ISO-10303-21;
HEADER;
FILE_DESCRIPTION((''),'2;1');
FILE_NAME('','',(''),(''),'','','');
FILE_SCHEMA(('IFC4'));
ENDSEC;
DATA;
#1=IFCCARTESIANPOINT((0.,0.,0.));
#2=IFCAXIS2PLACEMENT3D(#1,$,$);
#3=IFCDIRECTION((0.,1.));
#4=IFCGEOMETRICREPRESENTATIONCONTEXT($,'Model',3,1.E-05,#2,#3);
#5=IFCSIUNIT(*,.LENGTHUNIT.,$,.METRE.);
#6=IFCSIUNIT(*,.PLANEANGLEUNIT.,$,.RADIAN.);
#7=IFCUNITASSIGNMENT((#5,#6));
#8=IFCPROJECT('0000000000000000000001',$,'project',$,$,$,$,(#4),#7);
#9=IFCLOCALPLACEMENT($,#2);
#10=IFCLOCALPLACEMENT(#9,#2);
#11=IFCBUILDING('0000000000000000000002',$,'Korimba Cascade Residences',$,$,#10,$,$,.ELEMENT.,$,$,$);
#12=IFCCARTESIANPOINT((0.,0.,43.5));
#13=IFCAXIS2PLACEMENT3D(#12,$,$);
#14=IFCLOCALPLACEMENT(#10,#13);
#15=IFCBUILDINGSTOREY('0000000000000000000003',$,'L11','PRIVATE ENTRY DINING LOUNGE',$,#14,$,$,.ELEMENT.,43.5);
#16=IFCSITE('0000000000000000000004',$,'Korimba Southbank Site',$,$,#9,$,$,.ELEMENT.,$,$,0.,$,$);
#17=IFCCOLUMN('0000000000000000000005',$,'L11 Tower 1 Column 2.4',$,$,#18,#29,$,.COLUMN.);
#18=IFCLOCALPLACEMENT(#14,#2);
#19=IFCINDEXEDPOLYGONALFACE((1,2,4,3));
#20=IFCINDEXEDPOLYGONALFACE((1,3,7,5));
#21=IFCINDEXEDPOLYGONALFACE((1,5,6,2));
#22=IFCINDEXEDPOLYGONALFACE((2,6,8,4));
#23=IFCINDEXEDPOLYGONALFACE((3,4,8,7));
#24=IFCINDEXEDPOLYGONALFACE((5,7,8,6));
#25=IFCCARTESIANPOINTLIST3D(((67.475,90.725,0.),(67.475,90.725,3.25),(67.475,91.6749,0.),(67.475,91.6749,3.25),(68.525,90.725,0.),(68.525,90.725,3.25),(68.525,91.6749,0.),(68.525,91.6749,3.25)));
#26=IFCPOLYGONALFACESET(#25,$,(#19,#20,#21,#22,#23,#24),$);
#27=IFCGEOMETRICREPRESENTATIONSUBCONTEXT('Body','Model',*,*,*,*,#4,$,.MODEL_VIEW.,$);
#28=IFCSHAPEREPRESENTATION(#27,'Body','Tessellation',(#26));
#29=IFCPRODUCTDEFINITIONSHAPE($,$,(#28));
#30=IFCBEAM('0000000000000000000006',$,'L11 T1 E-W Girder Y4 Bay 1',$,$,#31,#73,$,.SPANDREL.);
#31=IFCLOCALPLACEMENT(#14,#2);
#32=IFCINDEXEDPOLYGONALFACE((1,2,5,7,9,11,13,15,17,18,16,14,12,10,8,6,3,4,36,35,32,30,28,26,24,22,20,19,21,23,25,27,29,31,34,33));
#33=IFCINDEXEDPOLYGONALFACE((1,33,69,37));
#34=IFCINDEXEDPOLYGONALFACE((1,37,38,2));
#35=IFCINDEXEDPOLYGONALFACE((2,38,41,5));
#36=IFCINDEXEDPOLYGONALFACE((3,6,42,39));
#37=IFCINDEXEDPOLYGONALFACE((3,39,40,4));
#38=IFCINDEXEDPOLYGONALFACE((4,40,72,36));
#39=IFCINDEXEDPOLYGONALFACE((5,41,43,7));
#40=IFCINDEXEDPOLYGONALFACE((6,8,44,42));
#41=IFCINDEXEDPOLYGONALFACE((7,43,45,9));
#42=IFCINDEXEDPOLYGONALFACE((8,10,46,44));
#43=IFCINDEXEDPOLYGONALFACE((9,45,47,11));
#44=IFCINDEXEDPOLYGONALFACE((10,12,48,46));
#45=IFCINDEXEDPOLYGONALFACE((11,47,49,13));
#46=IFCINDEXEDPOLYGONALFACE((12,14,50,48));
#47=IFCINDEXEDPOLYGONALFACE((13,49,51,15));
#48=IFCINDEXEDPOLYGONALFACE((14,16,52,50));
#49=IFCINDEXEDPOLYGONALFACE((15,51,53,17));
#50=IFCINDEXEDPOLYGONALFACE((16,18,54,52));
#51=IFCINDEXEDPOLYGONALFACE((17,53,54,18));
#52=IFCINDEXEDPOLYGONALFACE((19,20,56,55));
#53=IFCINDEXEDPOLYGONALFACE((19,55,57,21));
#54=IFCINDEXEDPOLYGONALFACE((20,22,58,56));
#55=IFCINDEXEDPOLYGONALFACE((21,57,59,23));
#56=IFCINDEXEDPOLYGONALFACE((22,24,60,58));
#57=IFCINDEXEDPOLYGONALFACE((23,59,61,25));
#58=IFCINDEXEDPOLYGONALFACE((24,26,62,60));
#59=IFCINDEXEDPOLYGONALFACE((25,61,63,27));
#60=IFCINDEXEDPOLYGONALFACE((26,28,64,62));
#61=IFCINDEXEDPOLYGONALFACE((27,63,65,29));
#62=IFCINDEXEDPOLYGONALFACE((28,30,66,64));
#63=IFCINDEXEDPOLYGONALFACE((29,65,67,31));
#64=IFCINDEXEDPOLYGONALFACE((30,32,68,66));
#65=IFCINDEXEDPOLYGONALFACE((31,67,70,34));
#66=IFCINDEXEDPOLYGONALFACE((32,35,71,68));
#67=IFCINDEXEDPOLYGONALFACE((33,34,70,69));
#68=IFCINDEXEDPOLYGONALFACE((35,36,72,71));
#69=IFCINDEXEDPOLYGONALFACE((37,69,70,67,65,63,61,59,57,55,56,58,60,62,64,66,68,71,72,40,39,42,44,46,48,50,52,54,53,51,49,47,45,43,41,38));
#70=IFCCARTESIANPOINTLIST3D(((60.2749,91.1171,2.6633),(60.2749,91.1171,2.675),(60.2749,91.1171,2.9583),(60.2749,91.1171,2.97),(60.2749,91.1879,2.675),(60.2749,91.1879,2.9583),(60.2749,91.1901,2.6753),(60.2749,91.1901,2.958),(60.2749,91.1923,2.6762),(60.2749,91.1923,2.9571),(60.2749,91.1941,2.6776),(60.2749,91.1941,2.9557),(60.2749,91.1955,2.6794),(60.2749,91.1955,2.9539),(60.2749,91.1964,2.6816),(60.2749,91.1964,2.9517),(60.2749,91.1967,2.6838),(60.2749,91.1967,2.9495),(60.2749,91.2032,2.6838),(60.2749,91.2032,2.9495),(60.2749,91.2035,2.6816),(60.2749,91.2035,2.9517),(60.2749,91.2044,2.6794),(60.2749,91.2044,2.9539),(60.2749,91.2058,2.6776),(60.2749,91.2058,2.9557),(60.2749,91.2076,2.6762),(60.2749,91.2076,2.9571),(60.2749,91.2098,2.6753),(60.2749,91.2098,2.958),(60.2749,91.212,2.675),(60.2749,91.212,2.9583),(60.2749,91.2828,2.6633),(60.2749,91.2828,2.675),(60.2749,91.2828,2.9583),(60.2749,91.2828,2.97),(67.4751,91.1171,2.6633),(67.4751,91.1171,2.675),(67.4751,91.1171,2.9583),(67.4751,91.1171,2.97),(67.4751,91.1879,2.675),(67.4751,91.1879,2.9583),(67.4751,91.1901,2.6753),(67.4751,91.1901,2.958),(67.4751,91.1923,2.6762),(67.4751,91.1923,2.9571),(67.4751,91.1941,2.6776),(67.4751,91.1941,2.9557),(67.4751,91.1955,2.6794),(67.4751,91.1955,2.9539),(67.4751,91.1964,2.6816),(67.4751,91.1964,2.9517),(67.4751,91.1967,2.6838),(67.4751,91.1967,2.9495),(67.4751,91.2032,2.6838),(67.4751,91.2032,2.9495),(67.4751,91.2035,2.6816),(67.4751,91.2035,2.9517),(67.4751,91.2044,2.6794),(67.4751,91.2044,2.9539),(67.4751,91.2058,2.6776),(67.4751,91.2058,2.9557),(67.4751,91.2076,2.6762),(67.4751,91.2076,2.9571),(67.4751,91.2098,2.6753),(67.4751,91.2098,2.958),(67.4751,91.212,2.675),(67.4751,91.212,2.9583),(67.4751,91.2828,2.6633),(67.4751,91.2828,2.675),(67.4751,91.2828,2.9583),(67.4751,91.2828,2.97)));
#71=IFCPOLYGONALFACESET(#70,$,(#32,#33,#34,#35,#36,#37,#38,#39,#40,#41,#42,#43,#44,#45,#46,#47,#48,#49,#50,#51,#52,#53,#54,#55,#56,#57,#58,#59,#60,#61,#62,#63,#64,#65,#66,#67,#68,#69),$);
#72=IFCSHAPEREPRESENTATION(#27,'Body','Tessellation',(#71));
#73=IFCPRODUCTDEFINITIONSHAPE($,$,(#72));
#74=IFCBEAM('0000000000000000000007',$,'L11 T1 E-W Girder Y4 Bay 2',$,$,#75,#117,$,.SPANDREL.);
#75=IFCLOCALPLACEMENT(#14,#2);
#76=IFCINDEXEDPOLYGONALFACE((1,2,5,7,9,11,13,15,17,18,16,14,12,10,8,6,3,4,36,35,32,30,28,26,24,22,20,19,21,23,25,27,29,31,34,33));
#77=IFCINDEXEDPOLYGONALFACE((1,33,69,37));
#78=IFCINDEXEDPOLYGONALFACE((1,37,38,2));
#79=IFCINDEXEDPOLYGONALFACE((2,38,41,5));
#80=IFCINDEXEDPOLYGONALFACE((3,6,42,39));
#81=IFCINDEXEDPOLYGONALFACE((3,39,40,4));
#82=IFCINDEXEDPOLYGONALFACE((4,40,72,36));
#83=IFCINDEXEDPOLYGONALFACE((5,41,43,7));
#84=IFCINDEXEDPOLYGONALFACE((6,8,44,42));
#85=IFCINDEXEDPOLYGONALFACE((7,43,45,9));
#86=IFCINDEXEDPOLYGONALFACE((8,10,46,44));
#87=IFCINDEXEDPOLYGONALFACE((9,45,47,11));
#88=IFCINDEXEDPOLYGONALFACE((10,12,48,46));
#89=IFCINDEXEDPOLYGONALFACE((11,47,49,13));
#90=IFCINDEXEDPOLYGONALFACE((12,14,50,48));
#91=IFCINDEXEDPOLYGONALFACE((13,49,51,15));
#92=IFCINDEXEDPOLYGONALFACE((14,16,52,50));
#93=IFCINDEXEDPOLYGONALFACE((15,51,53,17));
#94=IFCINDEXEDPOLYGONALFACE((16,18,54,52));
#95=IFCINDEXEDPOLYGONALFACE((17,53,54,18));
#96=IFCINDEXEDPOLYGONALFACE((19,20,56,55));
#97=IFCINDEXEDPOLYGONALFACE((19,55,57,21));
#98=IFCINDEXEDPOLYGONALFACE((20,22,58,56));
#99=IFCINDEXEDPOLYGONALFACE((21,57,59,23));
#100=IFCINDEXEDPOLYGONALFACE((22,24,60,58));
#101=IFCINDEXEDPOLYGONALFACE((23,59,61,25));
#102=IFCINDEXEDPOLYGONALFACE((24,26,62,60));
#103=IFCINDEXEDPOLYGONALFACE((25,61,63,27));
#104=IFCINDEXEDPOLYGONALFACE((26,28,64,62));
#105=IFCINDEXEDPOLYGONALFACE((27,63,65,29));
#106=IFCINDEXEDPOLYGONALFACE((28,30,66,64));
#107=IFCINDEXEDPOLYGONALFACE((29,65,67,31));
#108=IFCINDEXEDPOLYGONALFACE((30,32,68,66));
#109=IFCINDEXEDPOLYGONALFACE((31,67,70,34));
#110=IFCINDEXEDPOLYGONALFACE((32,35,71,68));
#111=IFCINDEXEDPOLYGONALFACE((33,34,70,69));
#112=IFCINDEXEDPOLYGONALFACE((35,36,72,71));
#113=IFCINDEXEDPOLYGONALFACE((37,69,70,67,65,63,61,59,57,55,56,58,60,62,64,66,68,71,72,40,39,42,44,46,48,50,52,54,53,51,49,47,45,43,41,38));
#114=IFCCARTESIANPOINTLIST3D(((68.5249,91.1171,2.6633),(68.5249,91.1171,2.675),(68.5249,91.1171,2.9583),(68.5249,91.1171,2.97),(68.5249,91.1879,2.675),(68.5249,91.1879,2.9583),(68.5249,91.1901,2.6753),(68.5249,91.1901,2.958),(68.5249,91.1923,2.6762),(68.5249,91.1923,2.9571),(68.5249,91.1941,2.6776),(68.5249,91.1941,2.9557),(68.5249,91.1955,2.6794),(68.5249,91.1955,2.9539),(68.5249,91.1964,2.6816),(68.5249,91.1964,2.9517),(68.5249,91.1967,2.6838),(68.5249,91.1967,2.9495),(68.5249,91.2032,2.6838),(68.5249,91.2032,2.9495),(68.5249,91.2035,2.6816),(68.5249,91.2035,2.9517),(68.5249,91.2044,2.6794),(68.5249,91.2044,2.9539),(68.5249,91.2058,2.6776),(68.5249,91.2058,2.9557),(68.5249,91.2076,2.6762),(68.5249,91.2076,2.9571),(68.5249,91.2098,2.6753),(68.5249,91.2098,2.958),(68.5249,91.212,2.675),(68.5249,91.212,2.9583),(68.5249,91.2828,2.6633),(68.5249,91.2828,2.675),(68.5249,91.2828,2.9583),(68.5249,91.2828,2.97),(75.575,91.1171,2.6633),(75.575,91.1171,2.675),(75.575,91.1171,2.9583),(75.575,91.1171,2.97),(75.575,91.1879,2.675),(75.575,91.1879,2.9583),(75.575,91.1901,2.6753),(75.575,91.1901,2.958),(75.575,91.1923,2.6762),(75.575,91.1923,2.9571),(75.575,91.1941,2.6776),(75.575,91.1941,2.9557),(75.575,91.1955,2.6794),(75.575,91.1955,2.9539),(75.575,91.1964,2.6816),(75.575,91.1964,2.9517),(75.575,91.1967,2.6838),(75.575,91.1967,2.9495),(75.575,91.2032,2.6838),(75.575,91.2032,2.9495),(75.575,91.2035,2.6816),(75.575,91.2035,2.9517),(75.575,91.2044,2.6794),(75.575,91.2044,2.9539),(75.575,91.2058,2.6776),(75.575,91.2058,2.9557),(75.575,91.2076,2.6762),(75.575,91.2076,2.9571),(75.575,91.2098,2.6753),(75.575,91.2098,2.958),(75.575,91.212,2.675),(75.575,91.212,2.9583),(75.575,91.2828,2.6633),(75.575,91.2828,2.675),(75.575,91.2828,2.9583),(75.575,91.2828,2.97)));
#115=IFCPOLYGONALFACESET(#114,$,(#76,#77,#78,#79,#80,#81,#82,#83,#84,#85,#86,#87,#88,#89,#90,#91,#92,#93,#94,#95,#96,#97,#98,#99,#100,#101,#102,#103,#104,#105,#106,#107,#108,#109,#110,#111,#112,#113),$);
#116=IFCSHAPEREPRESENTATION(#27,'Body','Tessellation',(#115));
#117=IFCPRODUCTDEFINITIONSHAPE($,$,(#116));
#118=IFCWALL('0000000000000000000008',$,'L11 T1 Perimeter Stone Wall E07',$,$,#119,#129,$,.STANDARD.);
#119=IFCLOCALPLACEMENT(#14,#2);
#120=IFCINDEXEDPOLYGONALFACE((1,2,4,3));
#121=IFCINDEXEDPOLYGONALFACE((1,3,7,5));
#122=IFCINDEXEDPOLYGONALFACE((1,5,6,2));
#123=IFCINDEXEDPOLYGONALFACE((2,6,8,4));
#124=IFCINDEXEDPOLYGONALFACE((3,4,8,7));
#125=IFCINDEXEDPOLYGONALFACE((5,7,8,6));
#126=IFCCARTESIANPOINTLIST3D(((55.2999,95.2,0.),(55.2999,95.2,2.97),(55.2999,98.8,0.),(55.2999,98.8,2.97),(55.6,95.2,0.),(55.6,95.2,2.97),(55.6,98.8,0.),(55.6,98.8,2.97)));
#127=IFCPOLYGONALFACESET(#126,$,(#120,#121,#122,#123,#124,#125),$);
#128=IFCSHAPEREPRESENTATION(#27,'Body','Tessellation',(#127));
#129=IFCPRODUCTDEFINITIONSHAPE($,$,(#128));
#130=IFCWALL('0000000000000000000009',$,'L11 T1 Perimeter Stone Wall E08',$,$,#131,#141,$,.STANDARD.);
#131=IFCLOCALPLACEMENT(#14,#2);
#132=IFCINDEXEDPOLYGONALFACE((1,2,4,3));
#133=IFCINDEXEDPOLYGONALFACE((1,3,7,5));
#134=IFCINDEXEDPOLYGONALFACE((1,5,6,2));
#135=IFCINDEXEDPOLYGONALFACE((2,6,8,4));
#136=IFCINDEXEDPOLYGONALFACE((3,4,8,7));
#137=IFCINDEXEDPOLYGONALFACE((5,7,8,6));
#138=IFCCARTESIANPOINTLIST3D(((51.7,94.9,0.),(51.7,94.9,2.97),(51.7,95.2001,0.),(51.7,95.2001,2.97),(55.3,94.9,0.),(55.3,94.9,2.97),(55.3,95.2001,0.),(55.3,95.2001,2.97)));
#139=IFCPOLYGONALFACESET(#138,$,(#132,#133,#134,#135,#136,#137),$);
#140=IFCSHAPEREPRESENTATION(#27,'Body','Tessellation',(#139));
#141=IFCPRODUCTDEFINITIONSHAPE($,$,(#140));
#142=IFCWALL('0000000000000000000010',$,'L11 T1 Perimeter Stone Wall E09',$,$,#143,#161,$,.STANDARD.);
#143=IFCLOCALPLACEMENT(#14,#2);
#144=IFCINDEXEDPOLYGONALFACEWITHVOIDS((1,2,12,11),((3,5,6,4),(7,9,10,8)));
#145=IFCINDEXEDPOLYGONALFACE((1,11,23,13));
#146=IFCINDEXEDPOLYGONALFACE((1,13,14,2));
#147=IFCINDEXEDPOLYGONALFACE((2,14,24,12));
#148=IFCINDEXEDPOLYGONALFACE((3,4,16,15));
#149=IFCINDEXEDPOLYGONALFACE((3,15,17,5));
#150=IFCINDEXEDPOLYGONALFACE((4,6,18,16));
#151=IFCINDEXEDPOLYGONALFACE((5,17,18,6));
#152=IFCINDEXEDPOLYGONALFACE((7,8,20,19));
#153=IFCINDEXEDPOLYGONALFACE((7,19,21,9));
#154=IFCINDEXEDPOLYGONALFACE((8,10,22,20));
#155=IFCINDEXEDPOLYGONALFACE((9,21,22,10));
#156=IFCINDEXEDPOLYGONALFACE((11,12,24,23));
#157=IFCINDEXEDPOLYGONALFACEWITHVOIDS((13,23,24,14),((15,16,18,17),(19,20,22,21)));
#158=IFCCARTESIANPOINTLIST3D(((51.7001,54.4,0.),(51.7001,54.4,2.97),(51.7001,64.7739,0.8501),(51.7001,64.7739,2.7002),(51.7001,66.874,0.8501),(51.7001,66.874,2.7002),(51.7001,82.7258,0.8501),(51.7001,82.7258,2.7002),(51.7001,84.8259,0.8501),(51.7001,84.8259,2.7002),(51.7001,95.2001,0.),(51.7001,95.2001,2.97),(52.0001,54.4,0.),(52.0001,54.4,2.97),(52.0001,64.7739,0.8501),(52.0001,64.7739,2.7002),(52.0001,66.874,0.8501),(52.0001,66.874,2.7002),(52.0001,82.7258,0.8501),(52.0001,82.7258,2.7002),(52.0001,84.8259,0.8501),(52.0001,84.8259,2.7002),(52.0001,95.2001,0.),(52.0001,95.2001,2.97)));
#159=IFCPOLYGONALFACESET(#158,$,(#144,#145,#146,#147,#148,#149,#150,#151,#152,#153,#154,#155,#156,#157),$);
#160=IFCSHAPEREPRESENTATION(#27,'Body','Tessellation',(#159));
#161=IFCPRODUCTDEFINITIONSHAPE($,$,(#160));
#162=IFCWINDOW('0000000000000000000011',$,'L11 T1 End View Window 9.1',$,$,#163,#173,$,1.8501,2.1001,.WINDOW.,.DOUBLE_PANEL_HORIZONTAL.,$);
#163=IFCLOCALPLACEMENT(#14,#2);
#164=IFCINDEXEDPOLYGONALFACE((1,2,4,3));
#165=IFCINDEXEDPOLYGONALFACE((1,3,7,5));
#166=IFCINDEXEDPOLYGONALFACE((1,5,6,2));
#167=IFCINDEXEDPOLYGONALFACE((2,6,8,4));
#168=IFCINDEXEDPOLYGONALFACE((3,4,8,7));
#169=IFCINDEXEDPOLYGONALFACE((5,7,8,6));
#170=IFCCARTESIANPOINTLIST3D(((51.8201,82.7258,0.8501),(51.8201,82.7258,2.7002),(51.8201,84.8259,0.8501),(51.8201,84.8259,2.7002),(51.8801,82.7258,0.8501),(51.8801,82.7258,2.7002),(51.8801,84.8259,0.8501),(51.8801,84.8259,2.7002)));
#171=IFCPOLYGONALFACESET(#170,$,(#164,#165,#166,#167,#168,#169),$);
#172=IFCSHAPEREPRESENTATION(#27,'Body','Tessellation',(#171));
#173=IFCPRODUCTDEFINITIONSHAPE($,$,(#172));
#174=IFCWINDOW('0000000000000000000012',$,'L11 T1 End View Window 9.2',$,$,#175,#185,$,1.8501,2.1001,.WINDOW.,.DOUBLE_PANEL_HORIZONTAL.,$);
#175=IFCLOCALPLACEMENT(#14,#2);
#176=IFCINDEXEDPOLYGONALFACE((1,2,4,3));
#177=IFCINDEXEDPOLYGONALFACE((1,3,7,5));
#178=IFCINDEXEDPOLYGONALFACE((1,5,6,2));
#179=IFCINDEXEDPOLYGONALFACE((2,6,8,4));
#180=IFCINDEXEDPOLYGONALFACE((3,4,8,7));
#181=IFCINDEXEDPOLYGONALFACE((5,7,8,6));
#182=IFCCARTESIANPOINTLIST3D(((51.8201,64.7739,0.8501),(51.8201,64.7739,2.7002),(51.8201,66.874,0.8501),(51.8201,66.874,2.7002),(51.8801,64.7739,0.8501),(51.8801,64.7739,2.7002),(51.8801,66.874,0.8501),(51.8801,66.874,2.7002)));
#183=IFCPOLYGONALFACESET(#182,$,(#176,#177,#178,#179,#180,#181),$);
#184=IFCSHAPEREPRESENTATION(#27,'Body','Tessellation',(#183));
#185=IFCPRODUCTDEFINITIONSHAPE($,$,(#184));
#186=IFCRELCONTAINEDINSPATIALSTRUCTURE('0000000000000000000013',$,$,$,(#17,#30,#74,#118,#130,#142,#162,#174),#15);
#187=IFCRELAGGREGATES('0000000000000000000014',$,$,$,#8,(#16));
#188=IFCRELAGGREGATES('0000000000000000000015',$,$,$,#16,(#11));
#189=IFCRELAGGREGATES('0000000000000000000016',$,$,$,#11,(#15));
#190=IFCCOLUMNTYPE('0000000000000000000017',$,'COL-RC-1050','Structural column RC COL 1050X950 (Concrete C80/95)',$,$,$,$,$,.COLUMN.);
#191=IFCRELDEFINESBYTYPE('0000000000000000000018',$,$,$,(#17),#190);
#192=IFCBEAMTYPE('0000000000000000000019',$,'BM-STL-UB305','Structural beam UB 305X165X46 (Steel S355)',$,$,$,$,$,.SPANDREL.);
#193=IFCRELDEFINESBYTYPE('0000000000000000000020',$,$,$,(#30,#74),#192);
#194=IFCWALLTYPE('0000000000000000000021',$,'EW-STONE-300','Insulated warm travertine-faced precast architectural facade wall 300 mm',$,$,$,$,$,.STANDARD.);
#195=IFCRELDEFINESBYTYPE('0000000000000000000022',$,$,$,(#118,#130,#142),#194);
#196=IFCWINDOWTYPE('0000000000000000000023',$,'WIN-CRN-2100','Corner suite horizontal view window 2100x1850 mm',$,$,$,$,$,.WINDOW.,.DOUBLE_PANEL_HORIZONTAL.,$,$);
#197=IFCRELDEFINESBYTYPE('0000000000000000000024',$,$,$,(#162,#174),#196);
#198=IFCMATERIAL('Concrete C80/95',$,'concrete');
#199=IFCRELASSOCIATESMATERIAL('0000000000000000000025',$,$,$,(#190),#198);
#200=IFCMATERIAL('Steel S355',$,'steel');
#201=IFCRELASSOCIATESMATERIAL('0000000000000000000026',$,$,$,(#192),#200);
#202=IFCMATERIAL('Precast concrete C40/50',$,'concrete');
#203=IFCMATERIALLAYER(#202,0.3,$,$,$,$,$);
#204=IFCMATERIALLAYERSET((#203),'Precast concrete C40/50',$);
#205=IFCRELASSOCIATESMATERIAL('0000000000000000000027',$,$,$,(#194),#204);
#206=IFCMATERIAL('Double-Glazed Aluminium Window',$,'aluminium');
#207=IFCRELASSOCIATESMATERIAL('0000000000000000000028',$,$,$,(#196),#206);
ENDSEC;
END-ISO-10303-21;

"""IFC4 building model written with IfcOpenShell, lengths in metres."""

from ifc_helpers import new_model, si_unit, direction, frame, frame_2d, origin, origin_2d, place, context, subcontext, project, spatial, rectangle, i_section, extrude, material, layer, layer_set, material_profile, profile_set, type_object, element, fill, save


model = new_model("IFC4")

# Units and contexts
model_context = context("Model", 3, precision=1e-05, world=origin(), true_north=direction((0.0, 1.0)))
body_context = subcontext(model_context, "Body", "Model", "MODEL_VIEW")
ifc_project = project(units=[si_unit("LENGTHUNIT", "METRE"), si_unit("PLANEANGLEUNIT", "RADIAN")], contexts=[model_context])

# Site, building, storey
site_placement = place(None, origin())
site = spatial("IfcSite", under=ifc_project, at=site_placement, Name="Korimba Southbank Site", CompositionType="ELEMENT", RefElevation=0.0)
building_placement = place(site_placement, origin())
building = spatial("IfcBuilding", under=site, at=building_placement, Name="Korimba Cascade Residences", CompositionType="ELEMENT")
storey_placement = place(building_placement, frame((0.0, 0.0, 43.5)))
storey = spatial("IfcBuildingStorey", under=building, at=storey_placement, Name="L11", Description="PRIVATE ENTRY DINING LOUNGE", CompositionType="ELEMENT", Elevation=43.5)

# Column
ifc_material_1 = material(Name="Concrete C80/95", Category="concrete")
ifc_material_profile_1 = material_profile(ifc_material_1, rectangle(XDim=1.05, YDim=0.95, at=origin_2d()), Name="Concrete C80/95")
ifc_profile_set_1 = profile_set([ifc_material_profile_1], Name="Concrete C80/95")
column_type = type_object("IfcColumnType", Name="COL-RC-1050", Description="Structural column RC COL 1050X950 (Concrete C80/95)", PredefinedType="COLUMN", material=ifc_profile_set_1)
column_placement = place(storey_placement, frame((68.0, 91.2, 0.0), z_axis=(0.0, 0.0, 1.0), x_axis=(1.0, 0.0, 0.0)))
element("IfcColumn", 1, at=column_placement, inside=storey, type_object=column_type, Name="L11 Tower 1 Column 2.4", PredefinedType="COLUMN", context=body_context, shape_type="SweptSolid", body=[
    extrude(rectangle(XDim=1.05, YDim=0.95, at=origin_2d()), origin(), (0.0, 0.0, 1.0), 3.25),
])

# Beams
ifc_material_2 = material(Name="Steel S355", Category="steel")
ifc_material_profile_2 = material_profile(ifc_material_2, i_section(OverallWidth=0.1658, OverallDepth=0.3066, WebThickness=0.0066, FlangeThickness=0.0117, FilletRadius=0.0088, at=origin_2d()), Name="Steel S355")
ifc_profile_set_2 = profile_set([ifc_material_profile_2], Name="Steel S355")
beam_type = type_object("IfcBeamType", Name="BM-STL-UB305", Description="Structural beam UB 305X165X46 (Steel S355)", PredefinedType="SPANDREL", material=ifc_profile_set_2)
beam_1_placement = place(storey_placement, frame((60.2749, 91.2, 2.8167), z_axis=(1.0, 0.0, 0.0), x_axis=(0.0, 1.0, 0.0)))
element("IfcBeam", 2, at=beam_1_placement, inside=storey, type_object=beam_type, Name="L11 T1 E-W Girder Y4 Bay 1", PredefinedType="SPANDREL", context=body_context, shape_type="SweptSolid", body=[
    extrude(i_section(OverallWidth=0.1658, OverallDepth=0.3066, WebThickness=0.0066, FlangeThickness=0.0117, FilletRadius=0.0088, at=origin_2d()), origin(), (0.0, 0.0, 1.0), 7.2002),
])
beam_2_placement = place(storey_placement, frame((68.5249, 91.2, 2.8167), z_axis=(1.0, 0.0, 0.0), x_axis=(0.0, 1.0, 0.0)))
element("IfcBeam", 3, at=beam_2_placement, inside=storey, type_object=beam_type, Name="L11 T1 E-W Girder Y4 Bay 2", PredefinedType="SPANDREL", context=body_context, shape_type="SweptSolid", body=[
    extrude(i_section(OverallWidth=0.1658, OverallDepth=0.3066, WebThickness=0.0066, FlangeThickness=0.0117, FilletRadius=0.0088, at=origin_2d()), origin(), (0.0, 0.0, 1.0), 7.05),
])

# Walls
ifc_material_3 = material(Name="Precast concrete C40/50", Category="concrete")
ifc_layer_1 = layer(ifc_material_3, 0.3)
ifc_layer_set_1 = layer_set([ifc_layer_1], Name="Precast concrete C40/50")
wall_type_1 = type_object("IfcWallType", Name="EW-STONE-300", Description="Insulated warm travertine-faced precast architectural facade wall 300 mm", PredefinedType="STANDARD", material=ifc_layer_set_1)
for number, where, z_axis, x_axis, name in (
    (4, (55.45, 98.8, 0.0), (0.0, 0.0, 1.0), (0.0, -1.0, 0.0), "L11 T1 Perimeter Stone Wall E07"),
    (5, (55.3, 95.05, 0.0), (0.0, 0.0, 1.0), (-1.0, 0.0, 0.0), "L11 T1 Perimeter Stone Wall E08"),
):
    element("IfcWall", number, at=place(storey_placement, frame(where, z_axis=z_axis, x_axis=x_axis)), inside=storey, type_object=wall_type_1, Name=name, PredefinedType="STANDARD", context=body_context, shape_type="SweptSolid", body=[
        extrude(rectangle(XDim=3.6001, YDim=0.3, at=frame_2d((1.8, 0.0))), origin(), (0.0, 0.0, 1.0), 2.97),
    ])

# Wall, openings, windows
wall_1_placement = place(storey_placement, frame((51.8501, 95.2, 0.0), z_axis=(0.0, 0.0, 1.0), x_axis=(0.0, -1.0, 0.0)))
wall_1 = element("IfcWall", 6, at=wall_1_placement, inside=storey, type_object=wall_type_1, Name="L11 T1 Perimeter Stone Wall E09", PredefinedType="STANDARD", context=body_context, shape_type="SweptSolid", body=[
    extrude(rectangle(XDim=40.8, YDim=0.3, at=frame_2d((20.3999, 0.0))), origin(), (0.0, 0.0, 1.0), 2.97),
])
opening_1_placement = place(wall_1_placement, frame((10.374, 0.0, 0.8501)))
opening_1 = element("IfcOpeningElement", 7, at=opening_1_placement, cuts=wall_1, PredefinedType="OPENING", context=body_context, shape_type="SweptSolid", body=[
    extrude(rectangle(XDim=2.1001, YDim=1.8501, at=frame_2d((1.05, 0.925))), frame((0.0, 0.1602, 0.0), z_axis=(0.0, -1.0, 0.0), x_axis=(1.0, 0.0, 0.0)), (0.0, 0.0, 1.0), 0.3201),
])
opening_2_placement = place(wall_1_placement, frame((28.3259, 0.0, 0.8501)))
opening_2 = element("IfcOpeningElement", 8, at=opening_2_placement, cuts=wall_1, PredefinedType="OPENING", context=body_context, shape_type="SweptSolid", body=[
    extrude(rectangle(XDim=2.1001, YDim=1.8501, at=frame_2d((1.05, 0.925))), frame((0.0, 0.1602, 0.0), z_axis=(0.0, -1.0, 0.0), x_axis=(1.0, 0.0, 0.0)), (0.0, 0.0, 1.0), 0.3201),
])
ifc_material_4 = material(Name="Double-Glazed Aluminium Window", Category="aluminium")
window_type = type_object("IfcWindowType", Name="WIN-CRN-2100", Description="Corner suite horizontal view window 2100x1850 mm", PartitioningType="DOUBLE_PANEL_HORIZONTAL", PredefinedType="WINDOW", material=ifc_material_4)
window_1_placement = place(opening_1_placement, origin())
window_1 = element("IfcWindow", 9, at=window_1_placement, inside=storey, type_object=window_type, Name="L11 T1 End View Window 9.1", OverallHeight=1.8501, OverallWidth=2.1001, PartitioningType="DOUBLE_PANEL_HORIZONTAL", PredefinedType="WINDOW", context=body_context, shape_type="SweptSolid", body=[
    extrude(rectangle(XDim=2.1001, YDim=1.8501, at=frame_2d((1.05, 0.925))), frame((0.0, 0.03, 0.0), z_axis=(0.0, -1.0, 0.0), x_axis=(1.0, 0.0, 0.0)), (0.0, 0.0, 1.0), 0.0601),
])
fill(opening_1, window_1)
window_2_placement = place(opening_2_placement, origin())
window_2 = element("IfcWindow", 10, at=window_2_placement, inside=storey, type_object=window_type, Name="L11 T1 End View Window 9.2", OverallHeight=1.8501, OverallWidth=2.1001, PartitioningType="DOUBLE_PANEL_HORIZONTAL", PredefinedType="WINDOW", context=body_context, shape_type="SweptSolid", body=[
    extrude(rectangle(XDim=2.1001, YDim=1.8501, at=frame_2d((1.05, 0.925))), frame((0.0, 0.03, 0.0), z_axis=(0.0, -1.0, 0.0), x_axis=(1.0, 0.0, 0.0)), (0.0, 0.0, 1.0), 0.0601),
])
fill(opening_2, window_2)

save(model, "model.ifc")
